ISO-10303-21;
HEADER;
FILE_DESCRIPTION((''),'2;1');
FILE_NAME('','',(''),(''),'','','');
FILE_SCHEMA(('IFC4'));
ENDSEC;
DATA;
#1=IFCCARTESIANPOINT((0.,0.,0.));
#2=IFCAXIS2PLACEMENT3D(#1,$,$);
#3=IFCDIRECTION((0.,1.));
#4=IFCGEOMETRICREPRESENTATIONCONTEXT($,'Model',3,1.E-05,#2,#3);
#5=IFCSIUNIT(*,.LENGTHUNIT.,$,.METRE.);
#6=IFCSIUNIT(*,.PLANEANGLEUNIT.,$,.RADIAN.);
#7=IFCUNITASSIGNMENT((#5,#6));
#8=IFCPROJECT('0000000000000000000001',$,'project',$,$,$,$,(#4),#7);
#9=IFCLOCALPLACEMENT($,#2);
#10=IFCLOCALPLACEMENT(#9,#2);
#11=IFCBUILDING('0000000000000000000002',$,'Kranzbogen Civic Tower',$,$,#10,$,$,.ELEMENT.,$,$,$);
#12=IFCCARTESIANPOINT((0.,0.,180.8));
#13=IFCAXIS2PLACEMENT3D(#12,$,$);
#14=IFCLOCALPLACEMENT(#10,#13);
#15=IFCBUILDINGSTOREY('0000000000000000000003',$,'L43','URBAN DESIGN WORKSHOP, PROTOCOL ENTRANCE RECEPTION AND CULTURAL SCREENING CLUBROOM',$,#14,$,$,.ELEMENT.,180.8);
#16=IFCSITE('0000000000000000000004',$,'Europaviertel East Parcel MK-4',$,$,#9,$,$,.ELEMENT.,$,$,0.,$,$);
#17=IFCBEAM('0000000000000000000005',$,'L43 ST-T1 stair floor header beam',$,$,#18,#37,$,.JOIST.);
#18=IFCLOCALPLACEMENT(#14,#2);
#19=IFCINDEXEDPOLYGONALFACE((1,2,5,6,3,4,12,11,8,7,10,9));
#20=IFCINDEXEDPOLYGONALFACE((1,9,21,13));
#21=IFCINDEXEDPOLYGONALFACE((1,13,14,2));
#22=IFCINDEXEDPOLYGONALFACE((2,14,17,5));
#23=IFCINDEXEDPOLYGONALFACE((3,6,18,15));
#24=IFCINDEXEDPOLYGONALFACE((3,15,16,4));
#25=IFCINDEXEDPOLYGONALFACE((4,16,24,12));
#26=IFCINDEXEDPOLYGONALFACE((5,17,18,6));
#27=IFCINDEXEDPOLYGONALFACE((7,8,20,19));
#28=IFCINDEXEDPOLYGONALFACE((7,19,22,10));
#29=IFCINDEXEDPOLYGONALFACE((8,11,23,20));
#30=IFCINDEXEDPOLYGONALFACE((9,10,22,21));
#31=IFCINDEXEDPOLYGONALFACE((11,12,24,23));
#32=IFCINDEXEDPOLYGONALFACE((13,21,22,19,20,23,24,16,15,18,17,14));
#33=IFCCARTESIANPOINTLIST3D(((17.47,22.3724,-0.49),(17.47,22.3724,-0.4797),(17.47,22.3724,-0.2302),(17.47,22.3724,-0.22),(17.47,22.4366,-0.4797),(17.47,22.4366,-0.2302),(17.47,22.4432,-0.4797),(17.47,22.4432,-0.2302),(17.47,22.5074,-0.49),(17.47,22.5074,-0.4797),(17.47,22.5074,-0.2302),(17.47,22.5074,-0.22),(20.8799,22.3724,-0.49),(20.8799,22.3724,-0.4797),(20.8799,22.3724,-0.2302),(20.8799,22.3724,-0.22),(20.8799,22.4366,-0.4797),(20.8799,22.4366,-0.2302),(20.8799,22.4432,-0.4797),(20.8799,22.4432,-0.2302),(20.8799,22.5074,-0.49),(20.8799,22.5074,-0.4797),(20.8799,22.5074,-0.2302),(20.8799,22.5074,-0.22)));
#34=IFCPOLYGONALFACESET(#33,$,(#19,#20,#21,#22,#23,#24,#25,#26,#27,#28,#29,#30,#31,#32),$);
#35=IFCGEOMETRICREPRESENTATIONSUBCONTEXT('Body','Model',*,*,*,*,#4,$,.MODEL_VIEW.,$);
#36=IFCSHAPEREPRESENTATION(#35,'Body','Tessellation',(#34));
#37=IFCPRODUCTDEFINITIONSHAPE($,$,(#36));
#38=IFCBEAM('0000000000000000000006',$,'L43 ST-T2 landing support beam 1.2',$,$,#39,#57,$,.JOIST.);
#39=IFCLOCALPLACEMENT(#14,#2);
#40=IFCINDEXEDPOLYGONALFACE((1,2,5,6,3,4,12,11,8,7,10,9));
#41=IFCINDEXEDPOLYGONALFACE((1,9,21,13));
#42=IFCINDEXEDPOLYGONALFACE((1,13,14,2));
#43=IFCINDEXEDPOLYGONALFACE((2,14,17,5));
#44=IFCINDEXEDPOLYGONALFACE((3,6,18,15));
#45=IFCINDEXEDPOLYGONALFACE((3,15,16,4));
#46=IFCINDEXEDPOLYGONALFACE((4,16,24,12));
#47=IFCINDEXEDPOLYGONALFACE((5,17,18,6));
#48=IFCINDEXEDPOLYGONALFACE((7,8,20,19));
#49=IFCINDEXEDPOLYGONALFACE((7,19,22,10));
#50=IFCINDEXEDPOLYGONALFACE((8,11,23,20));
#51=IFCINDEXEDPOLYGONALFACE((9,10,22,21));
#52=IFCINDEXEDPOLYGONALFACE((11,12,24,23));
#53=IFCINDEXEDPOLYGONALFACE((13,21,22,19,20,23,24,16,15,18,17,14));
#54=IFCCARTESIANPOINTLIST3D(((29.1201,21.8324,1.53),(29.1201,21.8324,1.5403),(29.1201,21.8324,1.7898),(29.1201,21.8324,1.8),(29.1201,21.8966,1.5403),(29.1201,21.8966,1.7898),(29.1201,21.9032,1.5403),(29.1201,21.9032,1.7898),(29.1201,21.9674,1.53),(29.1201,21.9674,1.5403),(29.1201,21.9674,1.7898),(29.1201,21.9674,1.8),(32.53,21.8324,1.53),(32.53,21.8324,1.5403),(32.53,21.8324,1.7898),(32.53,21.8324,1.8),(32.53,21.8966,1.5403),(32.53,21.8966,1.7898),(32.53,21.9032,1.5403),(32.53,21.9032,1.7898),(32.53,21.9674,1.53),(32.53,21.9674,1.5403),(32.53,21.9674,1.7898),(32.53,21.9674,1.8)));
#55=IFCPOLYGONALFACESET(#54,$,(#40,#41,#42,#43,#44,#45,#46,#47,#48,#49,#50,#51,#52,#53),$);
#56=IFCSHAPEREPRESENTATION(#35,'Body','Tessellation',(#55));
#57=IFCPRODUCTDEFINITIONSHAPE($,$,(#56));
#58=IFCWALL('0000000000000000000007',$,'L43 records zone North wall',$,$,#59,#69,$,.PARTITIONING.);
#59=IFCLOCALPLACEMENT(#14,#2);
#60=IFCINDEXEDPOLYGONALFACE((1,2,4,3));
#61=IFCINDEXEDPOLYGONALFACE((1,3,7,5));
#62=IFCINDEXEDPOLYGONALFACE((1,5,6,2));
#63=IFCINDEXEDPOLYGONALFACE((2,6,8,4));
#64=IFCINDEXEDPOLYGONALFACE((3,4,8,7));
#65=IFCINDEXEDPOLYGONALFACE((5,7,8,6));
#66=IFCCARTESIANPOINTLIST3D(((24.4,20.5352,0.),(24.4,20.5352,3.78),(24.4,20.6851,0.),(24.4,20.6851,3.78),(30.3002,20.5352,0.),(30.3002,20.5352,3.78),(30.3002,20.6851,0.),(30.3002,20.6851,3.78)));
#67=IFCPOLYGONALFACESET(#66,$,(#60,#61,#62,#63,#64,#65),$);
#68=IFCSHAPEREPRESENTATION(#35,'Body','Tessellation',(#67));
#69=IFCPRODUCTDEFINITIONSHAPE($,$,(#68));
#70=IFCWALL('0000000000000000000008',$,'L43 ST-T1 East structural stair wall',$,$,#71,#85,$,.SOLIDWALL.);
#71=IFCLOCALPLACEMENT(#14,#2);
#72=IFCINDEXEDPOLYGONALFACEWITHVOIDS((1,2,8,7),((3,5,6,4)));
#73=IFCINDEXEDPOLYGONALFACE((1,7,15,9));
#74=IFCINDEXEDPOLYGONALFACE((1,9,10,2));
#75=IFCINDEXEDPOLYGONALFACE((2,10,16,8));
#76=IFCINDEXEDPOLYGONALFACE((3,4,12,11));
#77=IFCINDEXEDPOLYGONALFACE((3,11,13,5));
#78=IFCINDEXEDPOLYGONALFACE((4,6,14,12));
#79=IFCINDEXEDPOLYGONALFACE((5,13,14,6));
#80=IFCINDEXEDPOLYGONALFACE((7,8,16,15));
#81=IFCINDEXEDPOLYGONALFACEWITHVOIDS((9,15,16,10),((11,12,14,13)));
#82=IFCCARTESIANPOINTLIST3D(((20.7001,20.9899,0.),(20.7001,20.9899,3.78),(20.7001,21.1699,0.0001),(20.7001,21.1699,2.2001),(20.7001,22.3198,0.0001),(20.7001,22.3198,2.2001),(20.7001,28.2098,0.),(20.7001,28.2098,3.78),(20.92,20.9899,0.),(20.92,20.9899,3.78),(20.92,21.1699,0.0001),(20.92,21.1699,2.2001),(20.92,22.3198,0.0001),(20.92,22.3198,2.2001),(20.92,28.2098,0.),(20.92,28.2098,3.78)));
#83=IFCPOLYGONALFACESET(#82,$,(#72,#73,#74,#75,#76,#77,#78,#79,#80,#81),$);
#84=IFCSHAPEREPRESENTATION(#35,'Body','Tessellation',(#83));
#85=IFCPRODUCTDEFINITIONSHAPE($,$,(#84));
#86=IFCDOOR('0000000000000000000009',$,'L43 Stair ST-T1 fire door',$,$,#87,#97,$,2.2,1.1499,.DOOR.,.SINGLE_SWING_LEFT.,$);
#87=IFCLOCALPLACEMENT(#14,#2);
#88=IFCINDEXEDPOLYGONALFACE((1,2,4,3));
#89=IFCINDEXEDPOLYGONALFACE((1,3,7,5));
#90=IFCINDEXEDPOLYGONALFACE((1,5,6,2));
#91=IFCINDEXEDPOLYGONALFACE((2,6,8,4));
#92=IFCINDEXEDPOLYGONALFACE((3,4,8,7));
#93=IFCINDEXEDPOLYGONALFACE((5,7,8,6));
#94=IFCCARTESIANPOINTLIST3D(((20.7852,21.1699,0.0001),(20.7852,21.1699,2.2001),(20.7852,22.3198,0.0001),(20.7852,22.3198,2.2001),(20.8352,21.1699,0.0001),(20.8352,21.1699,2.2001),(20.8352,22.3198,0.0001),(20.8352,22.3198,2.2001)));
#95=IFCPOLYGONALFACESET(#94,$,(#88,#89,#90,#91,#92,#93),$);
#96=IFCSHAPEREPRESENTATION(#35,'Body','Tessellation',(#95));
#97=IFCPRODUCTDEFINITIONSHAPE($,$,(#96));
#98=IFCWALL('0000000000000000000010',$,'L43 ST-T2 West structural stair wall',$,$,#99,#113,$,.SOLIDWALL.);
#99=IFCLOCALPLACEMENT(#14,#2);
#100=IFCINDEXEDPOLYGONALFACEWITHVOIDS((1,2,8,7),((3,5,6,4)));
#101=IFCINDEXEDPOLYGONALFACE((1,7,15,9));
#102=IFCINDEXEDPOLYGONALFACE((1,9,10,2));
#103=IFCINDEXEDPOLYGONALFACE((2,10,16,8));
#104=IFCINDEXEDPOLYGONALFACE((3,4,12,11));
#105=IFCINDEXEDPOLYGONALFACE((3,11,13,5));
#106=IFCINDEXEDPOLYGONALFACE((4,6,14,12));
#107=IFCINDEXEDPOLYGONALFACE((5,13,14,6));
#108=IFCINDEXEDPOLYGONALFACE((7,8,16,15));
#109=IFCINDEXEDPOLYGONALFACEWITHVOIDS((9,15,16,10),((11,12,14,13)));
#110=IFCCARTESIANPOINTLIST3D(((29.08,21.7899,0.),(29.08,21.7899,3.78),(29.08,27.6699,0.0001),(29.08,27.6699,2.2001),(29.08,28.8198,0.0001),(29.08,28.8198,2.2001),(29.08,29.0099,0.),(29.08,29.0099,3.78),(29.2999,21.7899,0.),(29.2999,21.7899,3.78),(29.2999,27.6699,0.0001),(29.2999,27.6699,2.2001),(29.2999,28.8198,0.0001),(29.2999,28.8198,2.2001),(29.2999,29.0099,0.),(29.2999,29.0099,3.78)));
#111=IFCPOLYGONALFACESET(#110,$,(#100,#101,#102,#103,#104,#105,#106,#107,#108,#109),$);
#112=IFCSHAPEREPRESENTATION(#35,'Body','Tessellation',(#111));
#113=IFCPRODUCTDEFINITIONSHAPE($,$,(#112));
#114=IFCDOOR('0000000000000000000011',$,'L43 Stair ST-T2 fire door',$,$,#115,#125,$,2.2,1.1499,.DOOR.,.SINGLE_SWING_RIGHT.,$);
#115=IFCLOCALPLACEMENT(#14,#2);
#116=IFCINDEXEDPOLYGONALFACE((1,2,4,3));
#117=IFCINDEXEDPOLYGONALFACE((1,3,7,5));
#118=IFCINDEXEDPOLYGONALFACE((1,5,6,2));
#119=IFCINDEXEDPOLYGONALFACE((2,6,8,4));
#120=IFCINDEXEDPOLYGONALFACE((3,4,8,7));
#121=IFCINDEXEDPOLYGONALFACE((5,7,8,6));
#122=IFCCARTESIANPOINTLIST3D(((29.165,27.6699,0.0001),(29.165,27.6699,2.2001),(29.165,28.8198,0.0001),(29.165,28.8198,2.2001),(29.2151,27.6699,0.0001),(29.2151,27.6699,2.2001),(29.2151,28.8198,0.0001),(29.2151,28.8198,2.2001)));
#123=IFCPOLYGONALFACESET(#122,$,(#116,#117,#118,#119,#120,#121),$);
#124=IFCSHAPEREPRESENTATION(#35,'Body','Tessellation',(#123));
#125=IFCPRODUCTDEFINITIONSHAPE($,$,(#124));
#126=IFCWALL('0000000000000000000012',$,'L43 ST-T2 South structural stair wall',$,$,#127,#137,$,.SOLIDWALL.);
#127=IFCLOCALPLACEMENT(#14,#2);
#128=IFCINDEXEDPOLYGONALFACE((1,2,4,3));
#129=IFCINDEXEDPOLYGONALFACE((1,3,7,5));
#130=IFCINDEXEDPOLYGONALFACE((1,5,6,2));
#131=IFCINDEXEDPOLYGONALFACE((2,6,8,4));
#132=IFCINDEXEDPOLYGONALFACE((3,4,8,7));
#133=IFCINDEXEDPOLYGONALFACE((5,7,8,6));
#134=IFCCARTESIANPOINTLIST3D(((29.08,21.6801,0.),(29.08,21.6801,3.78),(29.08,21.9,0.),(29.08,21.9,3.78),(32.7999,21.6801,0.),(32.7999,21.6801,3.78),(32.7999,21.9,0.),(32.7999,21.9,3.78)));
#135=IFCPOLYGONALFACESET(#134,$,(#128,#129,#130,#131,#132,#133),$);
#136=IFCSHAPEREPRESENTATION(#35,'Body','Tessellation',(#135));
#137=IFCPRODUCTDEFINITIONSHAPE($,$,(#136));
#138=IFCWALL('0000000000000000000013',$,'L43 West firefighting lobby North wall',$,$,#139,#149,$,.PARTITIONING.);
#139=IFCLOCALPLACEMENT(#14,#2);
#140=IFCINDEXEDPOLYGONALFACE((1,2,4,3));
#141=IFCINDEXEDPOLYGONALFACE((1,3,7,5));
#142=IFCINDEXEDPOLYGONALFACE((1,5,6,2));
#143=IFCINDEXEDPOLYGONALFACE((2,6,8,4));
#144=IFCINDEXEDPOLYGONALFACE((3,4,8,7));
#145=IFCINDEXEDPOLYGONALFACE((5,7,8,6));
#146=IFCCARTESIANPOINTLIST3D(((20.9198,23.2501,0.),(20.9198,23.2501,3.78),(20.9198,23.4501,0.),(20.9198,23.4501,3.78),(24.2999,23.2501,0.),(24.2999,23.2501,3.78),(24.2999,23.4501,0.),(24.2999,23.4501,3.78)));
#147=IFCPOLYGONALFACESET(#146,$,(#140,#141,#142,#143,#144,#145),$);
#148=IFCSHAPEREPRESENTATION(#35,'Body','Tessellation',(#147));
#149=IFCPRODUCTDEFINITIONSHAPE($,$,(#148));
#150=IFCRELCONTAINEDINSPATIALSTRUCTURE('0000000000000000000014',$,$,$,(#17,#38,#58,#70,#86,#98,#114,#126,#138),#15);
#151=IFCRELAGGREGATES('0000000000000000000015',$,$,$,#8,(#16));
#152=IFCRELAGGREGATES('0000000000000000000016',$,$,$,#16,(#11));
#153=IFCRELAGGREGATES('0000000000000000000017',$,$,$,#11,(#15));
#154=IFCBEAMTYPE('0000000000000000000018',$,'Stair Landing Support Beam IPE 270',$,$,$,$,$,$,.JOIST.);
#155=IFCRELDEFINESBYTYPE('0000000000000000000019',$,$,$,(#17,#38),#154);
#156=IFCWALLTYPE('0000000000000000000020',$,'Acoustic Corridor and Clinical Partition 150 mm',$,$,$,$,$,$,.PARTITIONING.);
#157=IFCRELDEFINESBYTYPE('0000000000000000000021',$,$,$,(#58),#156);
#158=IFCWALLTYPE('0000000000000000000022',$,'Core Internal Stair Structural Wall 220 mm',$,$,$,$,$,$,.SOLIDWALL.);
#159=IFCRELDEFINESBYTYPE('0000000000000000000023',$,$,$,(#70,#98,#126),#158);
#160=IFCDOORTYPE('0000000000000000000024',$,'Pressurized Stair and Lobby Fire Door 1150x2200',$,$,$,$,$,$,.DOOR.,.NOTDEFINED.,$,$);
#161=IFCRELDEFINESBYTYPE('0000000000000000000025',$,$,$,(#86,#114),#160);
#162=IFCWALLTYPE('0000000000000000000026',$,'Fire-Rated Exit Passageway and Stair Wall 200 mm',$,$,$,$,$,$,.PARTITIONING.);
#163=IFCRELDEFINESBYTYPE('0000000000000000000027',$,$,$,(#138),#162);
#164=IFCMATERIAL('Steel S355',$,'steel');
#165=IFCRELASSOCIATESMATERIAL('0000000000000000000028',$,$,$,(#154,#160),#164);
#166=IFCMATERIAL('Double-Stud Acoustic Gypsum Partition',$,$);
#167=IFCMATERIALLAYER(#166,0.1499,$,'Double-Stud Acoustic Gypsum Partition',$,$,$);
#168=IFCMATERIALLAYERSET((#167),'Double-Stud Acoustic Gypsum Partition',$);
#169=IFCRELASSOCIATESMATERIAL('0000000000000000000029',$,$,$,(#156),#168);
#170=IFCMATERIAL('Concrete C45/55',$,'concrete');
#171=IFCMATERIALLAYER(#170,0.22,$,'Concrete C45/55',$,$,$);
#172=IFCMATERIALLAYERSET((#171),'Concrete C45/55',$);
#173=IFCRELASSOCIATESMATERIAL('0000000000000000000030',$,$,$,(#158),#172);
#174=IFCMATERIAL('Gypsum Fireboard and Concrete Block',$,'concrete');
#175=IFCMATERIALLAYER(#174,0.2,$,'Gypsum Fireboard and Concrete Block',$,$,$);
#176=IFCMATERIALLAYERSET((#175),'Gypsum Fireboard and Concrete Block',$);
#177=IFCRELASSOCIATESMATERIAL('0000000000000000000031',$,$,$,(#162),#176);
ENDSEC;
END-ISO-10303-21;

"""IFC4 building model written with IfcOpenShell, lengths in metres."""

from ifc_helpers import new_model, si_unit, direction, frame, frame_2d, origin, origin_2d, place, context, subcontext, project, spatial, rectangle, i_section, extrude, material, layer, layer_set, material_profile, profile_set, type_object, element, fill, save


model = new_model("IFC4")

# Units and contexts
model_context = context("Model", 3, precision=1e-05, world=origin(), true_north=direction((0.0, 1.0)))
body_context = subcontext(model_context, "Body", "Model", "MODEL_VIEW")
ifc_project = project(units=[si_unit("LENGTHUNIT", "METRE"), si_unit("PLANEANGLEUNIT", "RADIAN")], contexts=[model_context])

# Site, building, storey
site_placement = place(None, origin())
site = spatial("IfcSite", under=ifc_project, at=site_placement, Name="Europaviertel East Parcel MK-4", CompositionType="ELEMENT", RefElevation=0.0)
building_placement = place(site_placement, origin())
building = spatial("IfcBuilding", under=site, at=building_placement, Name="Kranzbogen Civic Tower", CompositionType="ELEMENT")
storey_placement = place(building_placement, frame((0.0, 0.0, 180.8)))
storey = spatial("IfcBuildingStorey", under=building, at=storey_placement, Name="L43", Description="URBAN DESIGN WORKSHOP, PROTOCOL ENTRANCE RECEPTION AND CULTURAL SCREENING CLUBROOM", CompositionType="ELEMENT", Elevation=180.8)

# Beams
ifc_material_1 = material(Name="Steel S355", Category="steel")
ifc_material_profile = material_profile(ifc_material_1, i_section(OverallWidth=0.135, OverallDepth=0.27, WebThickness=0.0066, FlangeThickness=0.0103, at=origin_2d()), Name="IPE 270")
ifc_profile_set = profile_set([ifc_material_profile], Name="Steel S355")
beam_type = type_object("IfcBeamType", Name="Stair Landing Support Beam IPE 270", PredefinedType="JOIST", material=ifc_profile_set)
for number, where, z_axis, x_axis, name in (
    (1, (20.8799, 22.4399, -0.355), (-1.0, 0.0, 0.0), (0.0, -1.0, 0.0), "L43 ST-T1 stair floor header beam"),
    (2, (29.1201, 21.8999, 1.665), (1.0, 0.0, 0.0), (0.0, 1.0, 0.0), "L43 ST-T2 landing support beam 1.2"),
):
    element("IfcBeam", number, at=place(storey_placement, frame(where, z_axis=z_axis, x_axis=x_axis)), inside=storey, type_object=beam_type, Name=name, PredefinedType="JOIST", context=body_context, shape_type="SweptSolid", body=[
        extrude(i_section(OverallWidth=0.135, OverallDepth=0.27, WebThickness=0.0066, FlangeThickness=0.0103, at=origin_2d()), origin(), (0.0, 0.0, 1.0), 3.4099),
    ])

# Wall
ifc_material_2 = material(Name="Double-Stud Acoustic Gypsum Partition")
ifc_layer_1 = layer(ifc_material_2, 0.1499, Name="Double-Stud Acoustic Gypsum Partition")
ifc_layer_set_1 = layer_set([ifc_layer_1], Name="Double-Stud Acoustic Gypsum Partition")
wall_type_1 = type_object("IfcWallType", Name="Acoustic Corridor and Clinical Partition 150 mm", PredefinedType="PARTITIONING", material=ifc_layer_set_1)
wall_1_placement = place(storey_placement, frame((24.3999, 20.6101, 0.0), z_axis=(0.0, 0.0, 1.0), x_axis=(1.0, 0.0, 0.0)))
element("IfcWall", 3, at=wall_1_placement, inside=storey, type_object=wall_type_1, Name="L43 records zone North wall", PredefinedType="PARTITIONING", context=body_context, shape_type="SweptSolid", body=[
    extrude(rectangle(XDim=5.9001, YDim=0.1499, at=frame_2d((2.9502, 0.0))), origin(), (0.0, 0.0, 1.0), 3.78),
])

# Walls, openings, doors
ifc_material_3 = material(Name="Concrete C45/55", Category="concrete")
ifc_layer_2 = layer(ifc_material_3, 0.22, Name="Concrete C45/55")
ifc_layer_set_2 = layer_set([ifc_layer_2], Name="Concrete C45/55")
wall_type_2 = type_object("IfcWallType", Name="Core Internal Stair Structural Wall 220 mm", PredefinedType="SOLIDWALL", material=ifc_layer_set_2)
wall_2_placement = place(storey_placement, frame((20.8101, 20.99, 0.0), z_axis=(0.0, 0.0, 1.0), x_axis=(0.0, 1.0, 0.0)))
wall_2 = element("IfcWall", 4, at=wall_2_placement, inside=storey, type_object=wall_type_2, Name="L43 ST-T1 East structural stair wall", PredefinedType="SOLIDWALL", context=body_context, shape_type="SweptSolid", body=[
    extrude(rectangle(XDim=7.22, YDim=0.22, at=frame_2d((3.6099, 0.0))), origin(), (0.0, 0.0, 1.0), 3.78),
])
opening_1_placement = place(wall_2_placement, frame((0.1799, 0.0, 0.0)))
opening_1 = element("IfcOpeningElement", 5, at=opening_1_placement, cuts=wall_2, PredefinedType="OPENING", context=body_context, shape_type="SweptSolid", body=[
    extrude(rectangle(XDim=1.1499, YDim=2.2, at=frame_2d((0.575, 1.1001))), frame((0.0, 0.1201, 0.0), z_axis=(0.0, -1.0, 0.0), x_axis=(1.0, 0.0, 0.0)), (0.0, 0.0, 1.0), 0.24),
])
door_type_1 = type_object("IfcDoorType", Name="Pressurized Stair and Lobby Fire Door 1150x2200", OperationType="NOTDEFINED", PredefinedType="DOOR", material=ifc_material_1)
door_1_placement = place(opening_1_placement, origin())
door_1 = element("IfcDoor", 6, at=door_1_placement, inside=storey, type_object=door_type_1, Name="L43 Stair ST-T1 fire door", OperationType="SINGLE_SWING_LEFT", OverallHeight=2.2, OverallWidth=1.1499, PredefinedType="DOOR", context=body_context, shape_type="SweptSolid", body=[
    extrude(rectangle(XDim=1.1499, YDim=2.2, at=frame_2d((0.575, 1.1001))), frame((0.0, 0.0249, 0.0), z_axis=(0.0, -1.0, 0.0), x_axis=(1.0, 0.0, 0.0)), (0.0, 0.0, 1.0), 0.05),
])
fill(opening_1, door_1)
wall_3_placement = place(storey_placement, frame((29.1899, 21.79, 0.0), z_axis=(0.0, 0.0, 1.0), x_axis=(0.0, 1.0, 0.0)))
wall_3 = element("IfcWall", 7, at=wall_3_placement, inside=storey, type_object=wall_type_2, Name="L43 ST-T2 West structural stair wall", PredefinedType="SOLIDWALL", context=body_context, shape_type="SweptSolid", body=[
    extrude(rectangle(XDim=7.22, YDim=0.22, at=frame_2d((3.6099, 0.0))), origin(), (0.0, 0.0, 1.0), 3.78),
])
opening_2_placement = place(wall_3_placement, frame((5.8799, 0.0, 0.0)))
opening_2 = element("IfcOpeningElement", 8, at=opening_2_placement, cuts=wall_3, PredefinedType="OPENING", context=body_context, shape_type="SweptSolid", body=[
    extrude(rectangle(XDim=1.1499, YDim=2.2, at=frame_2d((0.575, 1.1001))), frame((0.0, 0.1201, 0.0), z_axis=(0.0, -1.0, 0.0), x_axis=(1.0, 0.0, 0.0)), (0.0, 0.0, 1.0), 0.24),
])
door_2_placement = place(opening_2_placement, origin())
door_2 = element("IfcDoor", 9, at=door_2_placement, inside=storey, type_object=door_type_1, Name="L43 Stair ST-T2 fire door", OperationType="SINGLE_SWING_RIGHT", OverallHeight=2.2, OverallWidth=1.1499, PredefinedType="DOOR", context=body_context, shape_type="SweptSolid", body=[
    extrude(rectangle(XDim=1.1499, YDim=2.2, at=frame_2d((0.575, 1.1001))), frame((0.0, 0.0249, 0.0), z_axis=(0.0, -1.0, 0.0), x_axis=(1.0, 0.0, 0.0)), (0.0, 0.0, 1.0), 0.05),
])
fill(opening_2, door_2)

# Walls
wall_4_placement = place(storey_placement, frame((29.0801, 21.79, 0.0), z_axis=(0.0, 0.0, 1.0), x_axis=(1.0, 0.0, 0.0)))
element("IfcWall", 10, at=wall_4_placement, inside=storey, type_object=wall_type_2, Name="L43 ST-T2 South structural stair wall", PredefinedType="SOLIDWALL", context=body_context, shape_type="SweptSolid", body=[
    extrude(rectangle(XDim=3.72, YDim=0.22, at=frame_2d((1.8599, 0.0))), origin(), (0.0, 0.0, 1.0), 3.78),
])
ifc_material_4 = material(Name="Gypsum Fireboard and Concrete Block", Category="concrete")
ifc_layer_3 = layer(ifc_material_4, 0.2, Name="Gypsum Fireboard and Concrete Block")
ifc_layer_set_3 = layer_set([ifc_layer_3], Name="Gypsum Fireboard and Concrete Block")
wall_type_3 = type_object("IfcWallType", Name="Fire-Rated Exit Passageway and Stair Wall 200 mm", PredefinedType="PARTITIONING", material=ifc_layer_set_3)
wall_5_placement = place(storey_placement, frame((20.9199, 23.3501, 0.0), z_axis=(0.0, 0.0, 1.0), x_axis=(1.0, 0.0, 0.0)))
element("IfcWall", 11, at=wall_5_placement, inside=storey, type_object=wall_type_3, Name="L43 West firefighting lobby North wall", PredefinedType="PARTITIONING", context=body_context, shape_type="SweptSolid", body=[
    extrude(rectangle(XDim=3.3801, YDim=0.2, at=frame_2d((1.6899, 0.0))), origin(), (0.0, 0.0, 1.0), 3.78),
])

save(model, "model.ifc")
